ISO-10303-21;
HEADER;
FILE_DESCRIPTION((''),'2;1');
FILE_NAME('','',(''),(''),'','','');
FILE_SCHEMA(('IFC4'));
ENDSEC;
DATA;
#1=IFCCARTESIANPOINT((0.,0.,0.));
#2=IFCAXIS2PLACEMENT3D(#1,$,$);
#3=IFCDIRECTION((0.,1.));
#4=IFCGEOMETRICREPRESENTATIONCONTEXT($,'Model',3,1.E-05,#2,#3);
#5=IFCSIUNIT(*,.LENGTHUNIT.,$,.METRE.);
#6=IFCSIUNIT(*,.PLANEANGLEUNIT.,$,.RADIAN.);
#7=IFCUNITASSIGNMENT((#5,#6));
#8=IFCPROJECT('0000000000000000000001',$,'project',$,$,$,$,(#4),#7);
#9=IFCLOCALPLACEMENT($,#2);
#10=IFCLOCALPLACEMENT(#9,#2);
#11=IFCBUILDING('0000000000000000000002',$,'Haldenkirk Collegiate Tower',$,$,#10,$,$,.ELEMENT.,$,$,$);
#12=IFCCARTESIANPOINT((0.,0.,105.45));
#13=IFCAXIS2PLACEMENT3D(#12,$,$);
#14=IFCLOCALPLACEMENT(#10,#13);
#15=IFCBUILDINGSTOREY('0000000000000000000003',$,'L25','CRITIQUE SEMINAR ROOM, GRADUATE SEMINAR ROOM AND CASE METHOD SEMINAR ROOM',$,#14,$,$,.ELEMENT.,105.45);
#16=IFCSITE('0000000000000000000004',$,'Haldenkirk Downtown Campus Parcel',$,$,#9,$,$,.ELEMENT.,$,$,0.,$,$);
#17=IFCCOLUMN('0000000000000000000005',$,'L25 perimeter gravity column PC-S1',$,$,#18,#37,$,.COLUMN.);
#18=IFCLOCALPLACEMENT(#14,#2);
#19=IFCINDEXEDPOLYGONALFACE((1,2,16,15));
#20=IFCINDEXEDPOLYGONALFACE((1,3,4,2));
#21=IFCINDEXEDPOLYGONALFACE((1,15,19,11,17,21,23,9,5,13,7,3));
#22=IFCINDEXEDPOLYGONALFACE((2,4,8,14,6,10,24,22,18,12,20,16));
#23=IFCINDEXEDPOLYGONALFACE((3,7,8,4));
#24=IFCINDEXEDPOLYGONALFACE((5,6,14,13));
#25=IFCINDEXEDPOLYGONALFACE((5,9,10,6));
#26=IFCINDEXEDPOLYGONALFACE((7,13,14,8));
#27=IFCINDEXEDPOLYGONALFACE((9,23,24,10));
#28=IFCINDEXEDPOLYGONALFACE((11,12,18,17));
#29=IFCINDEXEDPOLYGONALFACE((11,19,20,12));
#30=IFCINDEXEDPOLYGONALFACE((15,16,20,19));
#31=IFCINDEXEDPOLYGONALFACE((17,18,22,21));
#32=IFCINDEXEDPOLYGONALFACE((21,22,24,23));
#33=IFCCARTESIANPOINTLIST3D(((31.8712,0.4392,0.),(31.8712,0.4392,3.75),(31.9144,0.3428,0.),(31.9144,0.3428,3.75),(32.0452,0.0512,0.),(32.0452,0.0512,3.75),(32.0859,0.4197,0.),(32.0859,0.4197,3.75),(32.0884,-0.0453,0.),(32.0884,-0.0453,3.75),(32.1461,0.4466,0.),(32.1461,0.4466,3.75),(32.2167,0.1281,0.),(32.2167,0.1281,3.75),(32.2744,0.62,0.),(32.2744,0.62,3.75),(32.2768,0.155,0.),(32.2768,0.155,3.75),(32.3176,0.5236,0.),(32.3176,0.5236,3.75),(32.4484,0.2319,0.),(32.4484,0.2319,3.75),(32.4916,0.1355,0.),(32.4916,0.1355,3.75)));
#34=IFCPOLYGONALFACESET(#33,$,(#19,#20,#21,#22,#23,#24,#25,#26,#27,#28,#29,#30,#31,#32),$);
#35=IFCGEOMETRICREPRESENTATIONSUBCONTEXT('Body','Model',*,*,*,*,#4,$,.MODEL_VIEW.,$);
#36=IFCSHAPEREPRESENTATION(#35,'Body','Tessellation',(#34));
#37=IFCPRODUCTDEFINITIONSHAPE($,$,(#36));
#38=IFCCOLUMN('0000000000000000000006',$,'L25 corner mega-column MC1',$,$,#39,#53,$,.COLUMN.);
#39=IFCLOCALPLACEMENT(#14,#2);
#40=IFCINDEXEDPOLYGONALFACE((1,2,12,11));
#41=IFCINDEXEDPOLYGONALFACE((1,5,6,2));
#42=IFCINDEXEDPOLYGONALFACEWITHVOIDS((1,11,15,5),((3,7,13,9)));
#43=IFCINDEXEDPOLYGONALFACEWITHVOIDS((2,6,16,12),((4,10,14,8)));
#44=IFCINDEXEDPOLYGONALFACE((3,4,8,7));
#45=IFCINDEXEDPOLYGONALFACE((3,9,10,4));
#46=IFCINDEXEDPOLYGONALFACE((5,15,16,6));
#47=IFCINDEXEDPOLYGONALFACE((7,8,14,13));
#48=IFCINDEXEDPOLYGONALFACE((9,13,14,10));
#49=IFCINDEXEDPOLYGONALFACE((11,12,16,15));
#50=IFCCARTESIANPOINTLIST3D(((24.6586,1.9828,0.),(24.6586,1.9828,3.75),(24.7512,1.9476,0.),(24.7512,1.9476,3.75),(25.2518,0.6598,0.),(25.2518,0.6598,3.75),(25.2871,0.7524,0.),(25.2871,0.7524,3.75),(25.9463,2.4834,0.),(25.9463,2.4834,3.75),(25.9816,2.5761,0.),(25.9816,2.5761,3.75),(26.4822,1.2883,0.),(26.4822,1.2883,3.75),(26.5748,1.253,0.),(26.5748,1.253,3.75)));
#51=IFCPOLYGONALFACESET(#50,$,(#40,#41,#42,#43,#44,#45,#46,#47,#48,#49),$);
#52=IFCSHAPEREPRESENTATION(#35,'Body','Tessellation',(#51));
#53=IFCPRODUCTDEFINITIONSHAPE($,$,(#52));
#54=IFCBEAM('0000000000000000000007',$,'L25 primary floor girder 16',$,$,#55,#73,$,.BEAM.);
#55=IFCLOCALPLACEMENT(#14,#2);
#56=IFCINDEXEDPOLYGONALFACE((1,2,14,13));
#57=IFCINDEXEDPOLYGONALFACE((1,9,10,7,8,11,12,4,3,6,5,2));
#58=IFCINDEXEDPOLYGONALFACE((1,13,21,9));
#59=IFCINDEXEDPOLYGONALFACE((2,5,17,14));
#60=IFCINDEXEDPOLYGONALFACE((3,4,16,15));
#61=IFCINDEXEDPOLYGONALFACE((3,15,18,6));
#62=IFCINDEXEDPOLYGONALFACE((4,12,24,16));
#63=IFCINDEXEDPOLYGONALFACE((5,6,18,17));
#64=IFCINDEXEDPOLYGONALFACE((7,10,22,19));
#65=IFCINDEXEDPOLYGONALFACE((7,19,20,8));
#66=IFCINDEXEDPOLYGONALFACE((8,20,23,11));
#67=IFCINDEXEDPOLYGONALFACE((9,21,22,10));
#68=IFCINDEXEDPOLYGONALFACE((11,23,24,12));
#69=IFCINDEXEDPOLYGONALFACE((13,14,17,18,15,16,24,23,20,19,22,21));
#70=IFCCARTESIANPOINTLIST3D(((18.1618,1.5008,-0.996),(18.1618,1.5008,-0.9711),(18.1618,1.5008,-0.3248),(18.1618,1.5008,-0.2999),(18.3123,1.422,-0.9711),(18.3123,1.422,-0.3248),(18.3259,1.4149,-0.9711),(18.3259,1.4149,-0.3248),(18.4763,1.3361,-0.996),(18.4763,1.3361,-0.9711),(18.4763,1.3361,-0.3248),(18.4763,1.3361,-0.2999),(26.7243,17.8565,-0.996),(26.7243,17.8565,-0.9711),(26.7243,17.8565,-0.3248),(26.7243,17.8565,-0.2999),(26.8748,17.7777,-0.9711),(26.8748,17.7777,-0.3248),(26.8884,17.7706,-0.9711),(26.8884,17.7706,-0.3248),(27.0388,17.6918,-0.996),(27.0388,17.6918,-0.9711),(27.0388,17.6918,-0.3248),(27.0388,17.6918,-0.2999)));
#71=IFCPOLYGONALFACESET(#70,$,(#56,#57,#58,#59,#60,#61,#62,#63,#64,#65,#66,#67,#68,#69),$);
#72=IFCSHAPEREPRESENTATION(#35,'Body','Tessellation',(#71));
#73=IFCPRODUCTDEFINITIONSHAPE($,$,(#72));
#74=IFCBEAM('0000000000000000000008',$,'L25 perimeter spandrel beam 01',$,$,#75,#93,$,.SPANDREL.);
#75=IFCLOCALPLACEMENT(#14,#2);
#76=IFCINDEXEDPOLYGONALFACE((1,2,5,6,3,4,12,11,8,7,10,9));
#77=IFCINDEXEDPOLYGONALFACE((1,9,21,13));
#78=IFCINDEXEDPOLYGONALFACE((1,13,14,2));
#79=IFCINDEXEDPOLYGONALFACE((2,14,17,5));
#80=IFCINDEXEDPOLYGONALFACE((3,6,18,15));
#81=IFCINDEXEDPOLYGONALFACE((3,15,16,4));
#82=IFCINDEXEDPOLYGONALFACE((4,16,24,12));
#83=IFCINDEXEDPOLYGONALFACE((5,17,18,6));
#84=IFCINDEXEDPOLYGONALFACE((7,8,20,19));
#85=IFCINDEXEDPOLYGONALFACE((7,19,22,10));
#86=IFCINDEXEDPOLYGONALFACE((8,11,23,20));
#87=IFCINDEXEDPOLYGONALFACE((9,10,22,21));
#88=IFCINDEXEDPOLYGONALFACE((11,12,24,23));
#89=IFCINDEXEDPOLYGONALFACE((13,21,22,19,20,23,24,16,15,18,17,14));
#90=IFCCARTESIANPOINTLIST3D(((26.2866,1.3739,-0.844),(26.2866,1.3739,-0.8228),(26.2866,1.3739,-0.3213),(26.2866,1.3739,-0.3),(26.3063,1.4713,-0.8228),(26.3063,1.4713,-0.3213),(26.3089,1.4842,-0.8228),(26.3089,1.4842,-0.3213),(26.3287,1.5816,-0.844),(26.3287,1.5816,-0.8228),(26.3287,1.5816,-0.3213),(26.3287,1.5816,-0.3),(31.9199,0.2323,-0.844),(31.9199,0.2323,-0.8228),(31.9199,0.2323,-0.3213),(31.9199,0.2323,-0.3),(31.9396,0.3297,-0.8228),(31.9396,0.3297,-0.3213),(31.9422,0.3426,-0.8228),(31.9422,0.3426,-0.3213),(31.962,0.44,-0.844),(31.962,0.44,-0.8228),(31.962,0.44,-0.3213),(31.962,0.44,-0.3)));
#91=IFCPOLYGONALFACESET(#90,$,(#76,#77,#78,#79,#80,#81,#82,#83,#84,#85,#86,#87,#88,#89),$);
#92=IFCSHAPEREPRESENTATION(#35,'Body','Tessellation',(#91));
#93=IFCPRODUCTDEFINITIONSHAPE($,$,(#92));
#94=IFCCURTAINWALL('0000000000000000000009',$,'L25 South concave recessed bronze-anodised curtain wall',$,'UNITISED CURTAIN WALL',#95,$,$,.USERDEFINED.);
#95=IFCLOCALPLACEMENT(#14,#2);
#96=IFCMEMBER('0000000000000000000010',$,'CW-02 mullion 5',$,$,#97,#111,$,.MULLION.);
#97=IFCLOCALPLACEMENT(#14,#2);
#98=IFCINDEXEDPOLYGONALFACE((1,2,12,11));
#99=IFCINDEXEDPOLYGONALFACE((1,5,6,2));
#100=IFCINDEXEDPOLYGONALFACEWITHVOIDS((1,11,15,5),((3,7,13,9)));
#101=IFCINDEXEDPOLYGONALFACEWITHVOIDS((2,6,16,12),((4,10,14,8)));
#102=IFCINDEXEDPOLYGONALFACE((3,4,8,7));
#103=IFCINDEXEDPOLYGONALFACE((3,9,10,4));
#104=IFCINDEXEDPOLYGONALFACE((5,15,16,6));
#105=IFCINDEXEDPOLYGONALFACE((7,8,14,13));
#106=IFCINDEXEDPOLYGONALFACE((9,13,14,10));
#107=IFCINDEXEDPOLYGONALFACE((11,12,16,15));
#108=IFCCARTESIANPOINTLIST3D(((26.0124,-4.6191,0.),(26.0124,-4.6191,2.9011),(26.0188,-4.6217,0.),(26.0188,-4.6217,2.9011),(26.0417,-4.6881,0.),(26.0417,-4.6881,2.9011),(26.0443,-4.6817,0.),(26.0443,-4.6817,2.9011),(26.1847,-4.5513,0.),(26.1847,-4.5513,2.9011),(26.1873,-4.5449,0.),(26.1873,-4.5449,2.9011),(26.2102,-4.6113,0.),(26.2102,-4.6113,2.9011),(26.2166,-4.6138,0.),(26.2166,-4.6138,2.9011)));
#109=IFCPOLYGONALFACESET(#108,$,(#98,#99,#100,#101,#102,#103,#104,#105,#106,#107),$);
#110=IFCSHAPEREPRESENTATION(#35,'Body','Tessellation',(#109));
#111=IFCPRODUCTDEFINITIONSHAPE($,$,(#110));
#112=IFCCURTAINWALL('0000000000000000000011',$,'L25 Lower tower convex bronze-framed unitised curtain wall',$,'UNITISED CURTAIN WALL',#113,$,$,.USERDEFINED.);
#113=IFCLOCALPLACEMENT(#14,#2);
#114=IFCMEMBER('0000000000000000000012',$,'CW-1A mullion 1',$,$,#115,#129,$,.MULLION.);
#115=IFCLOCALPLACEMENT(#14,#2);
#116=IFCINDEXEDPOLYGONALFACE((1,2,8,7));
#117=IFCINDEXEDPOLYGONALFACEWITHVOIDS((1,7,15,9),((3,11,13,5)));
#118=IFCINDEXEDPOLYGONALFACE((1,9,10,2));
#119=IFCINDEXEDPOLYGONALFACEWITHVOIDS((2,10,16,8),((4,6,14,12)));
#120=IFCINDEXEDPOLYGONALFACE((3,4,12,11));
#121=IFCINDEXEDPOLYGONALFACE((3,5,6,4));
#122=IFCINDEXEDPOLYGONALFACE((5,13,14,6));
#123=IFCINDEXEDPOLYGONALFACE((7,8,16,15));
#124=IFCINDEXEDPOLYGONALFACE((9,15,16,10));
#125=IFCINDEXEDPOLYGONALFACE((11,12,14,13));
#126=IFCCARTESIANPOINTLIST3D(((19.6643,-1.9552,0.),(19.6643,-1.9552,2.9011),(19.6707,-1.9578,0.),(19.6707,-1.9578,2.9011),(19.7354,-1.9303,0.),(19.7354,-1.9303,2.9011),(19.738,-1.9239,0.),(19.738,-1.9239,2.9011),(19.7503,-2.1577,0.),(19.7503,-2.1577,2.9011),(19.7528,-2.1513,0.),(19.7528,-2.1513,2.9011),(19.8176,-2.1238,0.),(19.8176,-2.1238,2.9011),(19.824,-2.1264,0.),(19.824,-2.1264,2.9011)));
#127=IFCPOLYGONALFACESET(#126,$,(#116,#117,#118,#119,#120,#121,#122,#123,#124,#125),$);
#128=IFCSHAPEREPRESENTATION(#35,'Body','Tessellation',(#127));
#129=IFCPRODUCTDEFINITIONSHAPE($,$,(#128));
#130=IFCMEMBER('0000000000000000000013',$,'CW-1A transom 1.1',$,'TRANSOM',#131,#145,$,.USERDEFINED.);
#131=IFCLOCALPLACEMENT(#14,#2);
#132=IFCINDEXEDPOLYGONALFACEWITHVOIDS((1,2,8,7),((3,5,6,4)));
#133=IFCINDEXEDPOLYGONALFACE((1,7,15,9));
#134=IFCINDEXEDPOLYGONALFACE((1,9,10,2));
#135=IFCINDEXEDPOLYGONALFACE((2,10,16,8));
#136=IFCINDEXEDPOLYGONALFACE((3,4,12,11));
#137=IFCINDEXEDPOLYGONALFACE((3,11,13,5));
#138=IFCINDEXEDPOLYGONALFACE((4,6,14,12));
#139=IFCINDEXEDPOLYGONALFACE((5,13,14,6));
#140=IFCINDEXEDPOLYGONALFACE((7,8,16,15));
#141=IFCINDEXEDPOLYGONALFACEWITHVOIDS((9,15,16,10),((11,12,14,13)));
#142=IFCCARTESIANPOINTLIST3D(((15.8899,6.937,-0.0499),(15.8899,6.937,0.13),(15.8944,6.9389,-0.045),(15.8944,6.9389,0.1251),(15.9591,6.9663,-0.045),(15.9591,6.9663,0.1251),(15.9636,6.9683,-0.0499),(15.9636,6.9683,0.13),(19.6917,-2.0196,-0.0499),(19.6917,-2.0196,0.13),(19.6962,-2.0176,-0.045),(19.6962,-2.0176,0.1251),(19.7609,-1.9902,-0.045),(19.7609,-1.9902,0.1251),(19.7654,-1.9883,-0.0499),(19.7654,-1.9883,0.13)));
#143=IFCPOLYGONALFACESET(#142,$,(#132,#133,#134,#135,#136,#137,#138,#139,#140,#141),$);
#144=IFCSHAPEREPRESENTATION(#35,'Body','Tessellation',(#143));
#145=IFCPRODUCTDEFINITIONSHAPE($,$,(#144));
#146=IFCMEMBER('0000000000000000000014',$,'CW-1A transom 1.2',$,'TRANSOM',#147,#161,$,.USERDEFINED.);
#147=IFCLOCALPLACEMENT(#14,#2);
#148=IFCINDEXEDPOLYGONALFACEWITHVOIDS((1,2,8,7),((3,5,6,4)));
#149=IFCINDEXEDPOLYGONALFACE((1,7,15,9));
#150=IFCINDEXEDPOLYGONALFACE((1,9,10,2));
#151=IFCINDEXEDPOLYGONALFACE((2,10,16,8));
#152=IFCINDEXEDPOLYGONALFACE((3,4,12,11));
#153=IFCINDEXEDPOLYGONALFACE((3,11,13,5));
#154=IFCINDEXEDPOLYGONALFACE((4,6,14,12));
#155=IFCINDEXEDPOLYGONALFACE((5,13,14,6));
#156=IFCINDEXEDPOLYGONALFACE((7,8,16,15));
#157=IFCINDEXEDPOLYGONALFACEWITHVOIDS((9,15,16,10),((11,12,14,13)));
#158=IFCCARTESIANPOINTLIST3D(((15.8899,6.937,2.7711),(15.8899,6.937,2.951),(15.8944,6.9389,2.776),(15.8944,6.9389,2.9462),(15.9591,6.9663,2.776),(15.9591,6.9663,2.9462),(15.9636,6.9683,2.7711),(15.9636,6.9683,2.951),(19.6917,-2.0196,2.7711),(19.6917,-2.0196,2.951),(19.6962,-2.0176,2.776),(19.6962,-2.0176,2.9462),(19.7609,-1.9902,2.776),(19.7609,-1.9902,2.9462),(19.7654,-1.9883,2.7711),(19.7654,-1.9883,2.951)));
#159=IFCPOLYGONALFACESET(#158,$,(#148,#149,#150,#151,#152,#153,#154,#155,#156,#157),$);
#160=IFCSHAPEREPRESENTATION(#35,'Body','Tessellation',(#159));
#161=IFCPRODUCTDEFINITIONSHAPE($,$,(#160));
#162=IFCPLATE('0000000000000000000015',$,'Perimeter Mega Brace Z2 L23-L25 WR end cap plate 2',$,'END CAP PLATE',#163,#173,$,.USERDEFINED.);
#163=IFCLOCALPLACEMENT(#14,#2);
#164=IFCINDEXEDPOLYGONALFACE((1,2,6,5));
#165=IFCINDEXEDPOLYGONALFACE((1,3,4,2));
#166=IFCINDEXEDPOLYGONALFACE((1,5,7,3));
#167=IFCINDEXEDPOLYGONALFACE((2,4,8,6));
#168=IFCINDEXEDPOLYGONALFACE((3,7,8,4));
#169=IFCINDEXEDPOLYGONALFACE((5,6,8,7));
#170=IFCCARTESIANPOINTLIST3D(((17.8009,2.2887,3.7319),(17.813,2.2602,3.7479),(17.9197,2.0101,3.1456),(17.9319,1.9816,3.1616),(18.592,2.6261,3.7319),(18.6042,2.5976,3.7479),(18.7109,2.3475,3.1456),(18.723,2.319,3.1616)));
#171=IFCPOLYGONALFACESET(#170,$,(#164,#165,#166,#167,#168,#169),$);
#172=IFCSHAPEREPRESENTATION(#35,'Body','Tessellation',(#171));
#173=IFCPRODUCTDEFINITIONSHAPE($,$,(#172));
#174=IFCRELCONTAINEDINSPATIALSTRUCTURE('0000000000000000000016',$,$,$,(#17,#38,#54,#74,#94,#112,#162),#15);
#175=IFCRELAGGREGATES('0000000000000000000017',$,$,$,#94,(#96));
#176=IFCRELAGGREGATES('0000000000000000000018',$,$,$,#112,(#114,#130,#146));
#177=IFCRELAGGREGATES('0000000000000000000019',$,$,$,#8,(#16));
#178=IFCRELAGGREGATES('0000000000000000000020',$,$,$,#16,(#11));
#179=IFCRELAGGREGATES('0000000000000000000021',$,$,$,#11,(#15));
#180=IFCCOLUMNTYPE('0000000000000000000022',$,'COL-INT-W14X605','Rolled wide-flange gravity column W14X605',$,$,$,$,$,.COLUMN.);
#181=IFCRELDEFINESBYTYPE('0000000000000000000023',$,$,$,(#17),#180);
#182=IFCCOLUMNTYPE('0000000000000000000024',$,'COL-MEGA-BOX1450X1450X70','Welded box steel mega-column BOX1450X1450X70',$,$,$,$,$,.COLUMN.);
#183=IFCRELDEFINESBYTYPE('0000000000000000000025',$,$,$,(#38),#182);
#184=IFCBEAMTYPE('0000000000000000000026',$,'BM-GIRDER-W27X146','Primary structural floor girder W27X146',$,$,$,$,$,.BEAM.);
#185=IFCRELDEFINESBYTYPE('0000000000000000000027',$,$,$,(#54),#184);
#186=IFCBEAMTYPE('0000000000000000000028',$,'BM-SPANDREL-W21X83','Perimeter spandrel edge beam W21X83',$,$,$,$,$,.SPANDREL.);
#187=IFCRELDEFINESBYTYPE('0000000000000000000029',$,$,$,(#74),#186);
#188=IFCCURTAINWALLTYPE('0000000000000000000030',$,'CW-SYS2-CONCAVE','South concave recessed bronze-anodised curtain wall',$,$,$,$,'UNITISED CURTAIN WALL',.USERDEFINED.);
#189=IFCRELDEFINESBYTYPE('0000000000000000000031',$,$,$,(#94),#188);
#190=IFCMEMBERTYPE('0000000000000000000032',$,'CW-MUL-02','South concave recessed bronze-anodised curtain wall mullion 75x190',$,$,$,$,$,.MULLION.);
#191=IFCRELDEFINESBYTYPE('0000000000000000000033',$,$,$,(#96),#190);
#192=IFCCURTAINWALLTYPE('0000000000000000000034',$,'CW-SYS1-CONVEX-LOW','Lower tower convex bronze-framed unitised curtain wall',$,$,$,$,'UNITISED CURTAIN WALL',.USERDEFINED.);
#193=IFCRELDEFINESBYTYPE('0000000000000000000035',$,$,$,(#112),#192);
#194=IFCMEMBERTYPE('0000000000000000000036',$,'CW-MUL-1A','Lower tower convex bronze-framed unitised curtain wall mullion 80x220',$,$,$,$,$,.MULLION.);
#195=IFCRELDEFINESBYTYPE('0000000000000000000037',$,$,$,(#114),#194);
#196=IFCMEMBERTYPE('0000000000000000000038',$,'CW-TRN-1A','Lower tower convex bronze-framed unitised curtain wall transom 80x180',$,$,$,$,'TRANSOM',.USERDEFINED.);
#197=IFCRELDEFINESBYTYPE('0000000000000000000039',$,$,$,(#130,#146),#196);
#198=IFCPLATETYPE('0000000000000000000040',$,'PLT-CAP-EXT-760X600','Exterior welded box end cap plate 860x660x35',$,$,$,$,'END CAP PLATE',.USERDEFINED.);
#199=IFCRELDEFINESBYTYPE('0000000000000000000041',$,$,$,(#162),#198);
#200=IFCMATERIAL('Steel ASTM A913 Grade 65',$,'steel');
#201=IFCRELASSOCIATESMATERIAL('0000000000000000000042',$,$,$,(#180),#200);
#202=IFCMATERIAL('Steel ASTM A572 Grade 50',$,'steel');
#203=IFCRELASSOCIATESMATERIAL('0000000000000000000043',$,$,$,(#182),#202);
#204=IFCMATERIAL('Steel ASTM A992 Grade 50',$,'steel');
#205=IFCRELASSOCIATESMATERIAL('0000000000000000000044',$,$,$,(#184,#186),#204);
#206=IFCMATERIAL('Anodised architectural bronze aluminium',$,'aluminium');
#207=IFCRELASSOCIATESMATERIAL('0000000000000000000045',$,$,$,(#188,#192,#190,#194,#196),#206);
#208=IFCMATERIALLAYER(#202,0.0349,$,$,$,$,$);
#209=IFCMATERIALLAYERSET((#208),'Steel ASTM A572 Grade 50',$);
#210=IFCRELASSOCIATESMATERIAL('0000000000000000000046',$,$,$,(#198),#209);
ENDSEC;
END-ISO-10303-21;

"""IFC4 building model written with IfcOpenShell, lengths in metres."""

from ifc_helpers import new_model, si_unit, direction, frame, origin, origin_2d, place, context, subcontext, project, spatial, rectangle, hollow_rectangle, i_section, extrude, source, transform, mapped, material, layer, layer_set, material_profile, profile_set, type_object, element, aggregate, save


model = new_model("IFC4")

# Units and contexts
model_context = context("Model", 3, precision=1e-05, world=origin(), true_north=direction((0.0, 1.0)))
body_context = subcontext(model_context, "Body", "Model", "MODEL_VIEW")
ifc_project = project(units=[si_unit("LENGTHUNIT", "METRE"), si_unit("PLANEANGLEUNIT", "RADIAN")], contexts=[model_context])

# Site, building, storey
site_placement = place(None, origin())
site = spatial("IfcSite", under=ifc_project, at=site_placement, Name="Haldenkirk Downtown Campus Parcel", CompositionType="ELEMENT", RefElevation=0.0)
building_placement = place(site_placement, origin())
building = spatial("IfcBuilding", under=site, at=building_placement, Name="Haldenkirk Collegiate Tower", CompositionType="ELEMENT")
storey_placement = place(building_placement, frame((0.0, 0.0, 105.45)))
storey = spatial("IfcBuildingStorey", under=building, at=storey_placement, Name="L25", Description="CRITIQUE SEMINAR ROOM, GRADUATE SEMINAR ROOM AND CASE METHOD SEMINAR ROOM", CompositionType="ELEMENT", Elevation=105.45)

# Columns
ifc_material_1 = material(Name="Steel ASTM A913 Grade 65", Category="steel")
ifc_material_profile_1 = material_profile(ifc_material_1, i_section(OverallWidth=0.4419, OverallDepth=0.531, WebThickness=0.0659, FlangeThickness=0.1057, at=origin_2d()), Name="W14X605")
ifc_profile_set_1 = profile_set([ifc_material_profile_1], Name="Steel ASTM A913 Grade 65")
column_type_1 = type_object("IfcColumnType", Name="COL-INT-W14X605", Description="Rolled wide-flange gravity column W14X605", PredefinedType="COLUMN", material=ifc_profile_set_1)
column_1_placement = place(storey_placement, frame((32.1814, 0.2874, 0.0), z_axis=(0.0, 0.0, 1.0), x_axis=(0.912477, 0.409127, 0.0)))
element("IfcColumn", 1, at=column_1_placement, inside=storey, type_object=column_type_1, Name="L25 perimeter gravity column PC-S1", PredefinedType="COLUMN", context=body_context, shape_type="SweptSolid", body=[
    extrude(i_section(OverallWidth=0.4419, OverallDepth=0.531, WebThickness=0.0659, FlangeThickness=0.1057, at=origin_2d()), origin(), (0.0, 0.0, 1.0), 3.75),
])
ifc_material_2 = material(Name="Steel ASTM A572 Grade 50", Category="steel")
ifc_material_profile_2 = material_profile(ifc_material_2, hollow_rectangle(XDim=1.45, YDim=1.45, WallThickness=0.0701, at=origin_2d()), Name="BOX1450X1450X70")
ifc_profile_set_2 = profile_set([ifc_material_profile_2], Name="Steel ASTM A572 Grade 50")
column_type_2 = type_object("IfcColumnType", Name="COL-MEGA-BOX1450X1450X70", Description="Welded box steel mega-column BOX1450X1450X70", PredefinedType="COLUMN", material=ifc_profile_set_2)
column_2_placement = place(storey_placement, frame((25.6167, 1.6179, 0.0), z_axis=(0.0, 0.0, 1.0), x_axis=(0.912477, 0.409127, 0.0)))
element("IfcColumn", 2, at=column_2_placement, inside=storey, type_object=column_type_2, Name="L25 corner mega-column MC1", PredefinedType="COLUMN", context=body_context, shape_type="SweptSolid", body=[
    extrude(hollow_rectangle(XDim=1.45, YDim=1.45, WallThickness=0.0701, at=origin_2d()), origin(), (0.0, 0.0, 1.0), 3.75),
])

# Beams
ifc_material_3 = material(Name="Steel ASTM A992 Grade 50", Category="steel")
ifc_material_profile_3 = material_profile(ifc_material_3, i_section(OverallWidth=0.355, OverallDepth=0.696, WebThickness=0.0154, FlangeThickness=0.0249, at=origin_2d()), Name="W27X146")
ifc_profile_set_3 = profile_set([ifc_material_profile_3], Name="Steel ASTM A992 Grade 50")
beam_type_1 = type_object("IfcBeamType", Name="BM-GIRDER-W27X146", Description="Primary structural floor girder W27X146", PredefinedType="BEAM", material=ifc_profile_set_3)
beam_1_placement = place(storey_placement, frame((18.3191, 1.4185, -0.6479), z_axis=(0.463804, 0.885938, 0.0), x_axis=(-0.885938, 0.463804, 0.0)))
element("IfcBeam", 3, at=beam_1_placement, inside=storey, type_object=beam_type_1, Name="L25 primary floor girder 16", PredefinedType="BEAM", context=body_context, shape_type="SweptSolid", body=[
    extrude(i_section(OverallWidth=0.355, OverallDepth=0.696, WebThickness=0.0154, FlangeThickness=0.0249, at=origin_2d()), origin(), (0.0, 0.0, 1.0), 18.4614),
])
ifc_material_profile_4 = material_profile(ifc_material_3, i_section(OverallWidth=0.2119, OverallDepth=0.5439, WebThickness=0.0132, FlangeThickness=0.0212, at=origin_2d()), Name="W21X83")
ifc_profile_set_4 = profile_set([ifc_material_profile_4], Name="Steel ASTM A992 Grade 50")
beam_type_2 = type_object("IfcBeamType", Name="BM-SPANDREL-W21X83", Description="Perimeter spandrel edge beam W21X83", PredefinedType="SPANDREL", material=ifc_profile_set_4)
beam_2_placement = place(storey_placement, frame((26.3076, 1.4778, -0.572), z_axis=(0.980078, -0.198615, 0.0), x_axis=(0.198615, 0.980078, 0.0)))
element("IfcBeam", 4, at=beam_2_placement, inside=storey, type_object=beam_type_2, Name="L25 perimeter spandrel beam 01", PredefinedType="SPANDREL", context=body_context, shape_type="SweptSolid", body=[
    extrude(i_section(OverallWidth=0.2119, OverallDepth=0.5439, WebThickness=0.0132, FlangeThickness=0.0212, at=origin_2d()), origin(), (0.0, 0.0, 1.0), 5.7478),
])

# Curtain wall, member
ifc_material_4 = material(Name="Anodised architectural bronze aluminium", Category="aluminium")
curtain_wall_type_1 = type_object("IfcCurtainWallType", Name="CW-SYS2-CONCAVE", Description="South concave recessed bronze-anodised curtain wall", ElementType="UNITISED CURTAIN WALL", PredefinedType="USERDEFINED", material=ifc_material_4)
curtain_wall_1_placement = place(storey_placement, origin())
curtain_wall_1 = element("IfcCurtainWall", 5, at=curtain_wall_1_placement, inside=storey, type_object=curtain_wall_type_1, Name="L25 South concave recessed bronze-anodised curtain wall", ObjectType="UNITISED CURTAIN WALL", PredefinedType="USERDEFINED")
ifc_material_profile_5 = material_profile(ifc_material_4, hollow_rectangle(XDim=0.075, YDim=0.1899, WallThickness=0.0049, at=origin_2d()), Name="CW-MUL-02")
ifc_profile_set_5 = profile_set([ifc_material_profile_5], Name="Anodised architectural bronze aluminium")
member_type_1 = type_object("IfcMemberType", Name="CW-MUL-02", Description="South concave recessed bronze-anodised curtain wall mullion 75x190", PredefinedType="MULLION", material=ifc_profile_set_5)
member_1_placement = place(storey_placement, frame((26.1145, -4.6165, 0.0), z_axis=(0.0, 0.0, 1.0), x_axis=(0.390731, -0.920505, 0.0)))
member_1 = element("IfcMember", 6, at=member_1_placement, type_object=member_type_1, Name="CW-02 mullion 5", PredefinedType="MULLION", context=body_context, shape_type="SweptSolid", body=[
    extrude(hollow_rectangle(XDim=0.075, YDim=0.1899, WallThickness=0.0049, at=origin_2d()), origin(), (0.0, 0.0, 1.0), 2.9011),
])

# Curtain wall, members
curtain_wall_type_2 = type_object("IfcCurtainWallType", Name="CW-SYS1-CONVEX-LOW", Description="Lower tower convex bronze-framed unitised curtain wall", ElementType="UNITISED CURTAIN WALL", PredefinedType="USERDEFINED", material=ifc_material_4)
curtain_wall_2_placement = place(storey_placement, origin())
curtain_wall_2 = element("IfcCurtainWall", 7, at=curtain_wall_2_placement, inside=storey, type_object=curtain_wall_type_2, Name="L25 Lower tower convex bronze-framed unitised curtain wall", ObjectType="UNITISED CURTAIN WALL", PredefinedType="USERDEFINED")
ifc_material_profile_6 = material_profile(ifc_material_4, hollow_rectangle(XDim=0.0801, YDim=0.22, WallThickness=0.0049, at=origin_2d()), Name="CW-MUL-1A")
ifc_profile_set_6 = profile_set([ifc_material_profile_6], Name="Anodised architectural bronze aluminium")
member_type_2 = type_object("IfcMemberType", Name="CW-MUL-1A", Description="Lower tower convex bronze-framed unitised curtain wall mullion 80x220", PredefinedType="MULLION", material=ifc_profile_set_6)
member_2_placement = place(storey_placement, frame((19.7441, -2.0408, 0.0), z_axis=(0.0, 0.0, 1.0), x_axis=(-0.920505, -0.39073, 0.0)))
member_2 = element("IfcMember", 8, at=member_2_placement, type_object=member_type_2, Name="CW-1A mullion 1", PredefinedType="MULLION", context=body_context, shape_type="SweptSolid", body=[
    extrude(hollow_rectangle(XDim=0.0801, YDim=0.22, WallThickness=0.0049, at=origin_2d()), origin(), (0.0, 0.0, 1.0), 2.9011),
])
ifc_material_profile_7 = material_profile(ifc_material_4, hollow_rectangle(XDim=0.0801, YDim=0.1799, WallThickness=0.0049, at=origin_2d()), Name="CW-TRN-1A")
ifc_profile_set_7 = profile_set([ifc_material_profile_7], Name="Anodised architectural bronze aluminium")
member_type_3 = type_object("IfcMemberType", Name="CW-TRN-1A", Description="Lower tower convex bronze-framed unitised curtain wall transom 80x180", ElementType="TRANSOM", PredefinedType="USERDEFINED", material=ifc_profile_set_7)
member_3_placement = place(storey_placement, frame((19.7285, -2.0039, 0.04), z_axis=(-0.390725, 0.920507, 0.0), x_axis=(-0.920507, -0.390725, 0.0)))
member_3 = element("IfcMember", 9, at=member_3_placement, type_object=member_type_3, Name="CW-1A transom 1.1", ObjectType="TRANSOM", PredefinedType="USERDEFINED", context=body_context, shape_type="SweptSolid", body=[
    extrude(hollow_rectangle(XDim=0.0801, YDim=0.1799, WallThickness=0.0049, at=origin_2d()), origin(), (0.0, 0.0, 1.0), 9.73),
])
member_4_placement = place(storey_placement, frame((19.7285, -2.0039, 2.8611), z_axis=(-0.390725, 0.920507, 0.0), x_axis=(-0.920507, -0.390725, 0.0)))
member_4 = element("IfcMember", 10, at=member_4_placement, type_object=member_type_3, Name="CW-1A transom 1.2", ObjectType="TRANSOM", PredefinedType="USERDEFINED", context=body_context, shape_type="SweptSolid", body=[
    extrude(hollow_rectangle(XDim=0.0801, YDim=0.1799, WallThickness=0.0049, at=origin_2d()), origin(), (0.0, 0.0, 1.0), 9.73),
])

# Plate
ifc_layer_1 = layer(ifc_material_2, 0.0349)
ifc_layer_set_1 = layer_set([ifc_layer_1], Name="Steel ASTM A572 Grade 50")
plate_type_1 = type_object("IfcPlateType", Name="PLT-CAP-EXT-760X600", Description="Exterior welded box end cap plate 860x660x35", ElementType="END CAP PLATE", PredefinedType="USERDEFINED", material=ifc_layer_set_1)
shared_shape_1 = source(origin(), body_context, "Body", "SweptSolid", [
    extrude(rectangle(XDim=0.8601, YDim=0.6599, at=origin_2d()), origin(), (0.0, 0.0, 1.0), 0.0349),
])
plate_1_placement = place(storey_placement, frame((18.2559, 2.3181, 3.4387), z_axis=(0.348519, -0.817225, 0.458996), x_axis=(0.919845, 0.392283, 0.0)))
element("IfcPlate", 11, at=plate_1_placement, inside=storey, type_object=plate_type_1, Name="Perimeter Mega Brace Z2 L23-L25 WR end cap plate 2", ObjectType="END CAP PLATE", PredefinedType="USERDEFINED", context=body_context, shape_type="MappedRepresentation", body=[
    mapped(shared_shape_1, transform((0.0, 0.0, 0.0), x_axis=(1.0, 0.0, 0.0), y_axis=(0.0, 1.0, 0.0), z_axis=(0.0, 0.0, 1.0), scale=1.0)),
])
aggregate(curtain_wall_1, [member_1])
aggregate(curtain_wall_2, [member_2, member_3, member_4])

save(model, "model.ifc")
